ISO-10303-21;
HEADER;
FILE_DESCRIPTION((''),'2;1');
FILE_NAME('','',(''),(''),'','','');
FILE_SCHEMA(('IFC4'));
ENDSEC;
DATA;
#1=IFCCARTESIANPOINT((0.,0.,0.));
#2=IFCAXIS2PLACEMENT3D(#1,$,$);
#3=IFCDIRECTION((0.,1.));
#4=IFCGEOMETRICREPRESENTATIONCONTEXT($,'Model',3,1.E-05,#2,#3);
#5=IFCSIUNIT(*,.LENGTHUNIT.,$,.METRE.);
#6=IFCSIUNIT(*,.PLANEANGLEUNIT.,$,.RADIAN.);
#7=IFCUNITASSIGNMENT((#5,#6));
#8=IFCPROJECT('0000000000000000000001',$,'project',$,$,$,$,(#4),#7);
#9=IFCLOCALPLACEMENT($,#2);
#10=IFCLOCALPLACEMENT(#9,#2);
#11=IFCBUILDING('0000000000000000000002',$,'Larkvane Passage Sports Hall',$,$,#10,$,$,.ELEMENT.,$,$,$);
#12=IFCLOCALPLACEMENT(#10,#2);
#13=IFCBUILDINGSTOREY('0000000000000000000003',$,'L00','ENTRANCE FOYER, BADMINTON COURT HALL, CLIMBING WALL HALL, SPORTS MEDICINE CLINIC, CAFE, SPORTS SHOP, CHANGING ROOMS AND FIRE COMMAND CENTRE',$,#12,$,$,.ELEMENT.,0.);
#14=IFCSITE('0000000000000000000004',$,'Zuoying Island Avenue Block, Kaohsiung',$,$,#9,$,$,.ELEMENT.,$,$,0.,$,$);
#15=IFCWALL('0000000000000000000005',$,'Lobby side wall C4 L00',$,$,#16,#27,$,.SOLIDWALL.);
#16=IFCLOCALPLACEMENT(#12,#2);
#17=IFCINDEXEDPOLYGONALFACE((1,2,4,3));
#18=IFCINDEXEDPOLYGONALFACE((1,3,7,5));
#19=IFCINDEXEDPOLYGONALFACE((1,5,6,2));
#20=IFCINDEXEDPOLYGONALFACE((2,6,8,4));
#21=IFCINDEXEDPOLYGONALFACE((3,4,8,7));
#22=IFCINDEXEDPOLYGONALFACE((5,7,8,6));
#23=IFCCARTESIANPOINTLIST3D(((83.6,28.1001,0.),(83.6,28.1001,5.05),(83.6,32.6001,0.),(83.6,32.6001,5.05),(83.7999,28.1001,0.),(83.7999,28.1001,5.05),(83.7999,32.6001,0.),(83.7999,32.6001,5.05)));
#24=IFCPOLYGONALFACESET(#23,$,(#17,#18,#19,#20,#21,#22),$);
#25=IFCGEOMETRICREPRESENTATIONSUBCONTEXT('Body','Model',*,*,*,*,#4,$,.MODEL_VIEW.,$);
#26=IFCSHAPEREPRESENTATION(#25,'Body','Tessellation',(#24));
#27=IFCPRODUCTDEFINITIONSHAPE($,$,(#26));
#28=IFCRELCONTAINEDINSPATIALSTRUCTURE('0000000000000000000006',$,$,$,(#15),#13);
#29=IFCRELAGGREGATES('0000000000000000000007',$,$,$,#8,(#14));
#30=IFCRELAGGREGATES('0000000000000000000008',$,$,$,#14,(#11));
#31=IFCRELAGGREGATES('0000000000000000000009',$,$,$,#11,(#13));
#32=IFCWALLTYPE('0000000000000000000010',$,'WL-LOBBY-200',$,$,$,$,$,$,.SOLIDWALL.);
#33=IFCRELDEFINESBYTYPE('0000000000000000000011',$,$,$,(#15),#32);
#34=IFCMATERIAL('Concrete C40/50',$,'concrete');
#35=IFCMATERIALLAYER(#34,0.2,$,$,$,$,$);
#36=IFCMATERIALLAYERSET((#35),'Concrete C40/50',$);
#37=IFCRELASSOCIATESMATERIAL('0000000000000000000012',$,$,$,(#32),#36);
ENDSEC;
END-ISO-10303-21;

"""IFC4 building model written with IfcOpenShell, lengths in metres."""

from ifc_helpers import new_model, si_unit, direction, frame, frame_2d, origin, place, context, subcontext, project, spatial, rectangle, extrude, material, layer, layer_set, type_object, element, save


model = new_model("IFC4")

# Units and contexts
model_context = context("Model", 3, precision=1e-05, world=origin(), true_north=direction((0.0, 1.0)))
body_context = subcontext(model_context, "Body", "Model", "MODEL_VIEW")
ifc_project = project(units=[si_unit("LENGTHUNIT", "METRE"), si_unit("PLANEANGLEUNIT", "RADIAN")], contexts=[model_context])

# Site, building, storey
site_placement = place(None, origin())
site = spatial("IfcSite", under=ifc_project, at=site_placement, Name="Zuoying Island Avenue Block, Kaohsiung", CompositionType="ELEMENT", RefElevation=0.0)
building_placement = place(site_placement, origin())
building = spatial("IfcBuilding", under=site, at=building_placement, Name="Larkvane Passage Sports Hall", CompositionType="ELEMENT")
storey_placement = place(building_placement, origin())
storey = spatial("IfcBuildingStorey", under=building, at=storey_placement, Name="L00", Description="ENTRANCE FOYER, BADMINTON COURT HALL, CLIMBING WALL HALL, SPORTS MEDICINE CLINIC, CAFE, SPORTS SHOP, CHANGING ROOMS AND FIRE COMMAND CENTRE", CompositionType="ELEMENT", Elevation=0.0)

# Shared definitions
ifc_material_1 = material(Name="Concrete C40/50", Category="concrete")

# Shared definitions
ifc_layer_1 = layer(ifc_material_1, 0.2)
ifc_layer_set_1 = layer_set([ifc_layer_1], Name="Concrete C40/50")
wall_type_1 = type_object("IfcWallType", Name="WL-LOBBY-200", PredefinedType="SOLIDWALL", material=ifc_layer_set_1)

# Wall
wall_1_placement = place(storey_placement, frame((83.7, 28.1001, 0.0), z_axis=(0.0, 0.0, 1.0), x_axis=(0.0, 1.0, 0.0)))
element("IfcWall", 1, at=wall_1_placement, inside=storey, type_object=wall_type_1, Name="Lobby side wall C4 L00", PredefinedType="SOLIDWALL", context=body_context, shape_type="SweptSolid", body=[
    extrude(rectangle(XDim=4.5, YDim=0.2, at=frame_2d((2.25, 0.0))), origin(), (0.0, 0.0, 1.0), 5.05),
])

save(model, "model.ifc")
